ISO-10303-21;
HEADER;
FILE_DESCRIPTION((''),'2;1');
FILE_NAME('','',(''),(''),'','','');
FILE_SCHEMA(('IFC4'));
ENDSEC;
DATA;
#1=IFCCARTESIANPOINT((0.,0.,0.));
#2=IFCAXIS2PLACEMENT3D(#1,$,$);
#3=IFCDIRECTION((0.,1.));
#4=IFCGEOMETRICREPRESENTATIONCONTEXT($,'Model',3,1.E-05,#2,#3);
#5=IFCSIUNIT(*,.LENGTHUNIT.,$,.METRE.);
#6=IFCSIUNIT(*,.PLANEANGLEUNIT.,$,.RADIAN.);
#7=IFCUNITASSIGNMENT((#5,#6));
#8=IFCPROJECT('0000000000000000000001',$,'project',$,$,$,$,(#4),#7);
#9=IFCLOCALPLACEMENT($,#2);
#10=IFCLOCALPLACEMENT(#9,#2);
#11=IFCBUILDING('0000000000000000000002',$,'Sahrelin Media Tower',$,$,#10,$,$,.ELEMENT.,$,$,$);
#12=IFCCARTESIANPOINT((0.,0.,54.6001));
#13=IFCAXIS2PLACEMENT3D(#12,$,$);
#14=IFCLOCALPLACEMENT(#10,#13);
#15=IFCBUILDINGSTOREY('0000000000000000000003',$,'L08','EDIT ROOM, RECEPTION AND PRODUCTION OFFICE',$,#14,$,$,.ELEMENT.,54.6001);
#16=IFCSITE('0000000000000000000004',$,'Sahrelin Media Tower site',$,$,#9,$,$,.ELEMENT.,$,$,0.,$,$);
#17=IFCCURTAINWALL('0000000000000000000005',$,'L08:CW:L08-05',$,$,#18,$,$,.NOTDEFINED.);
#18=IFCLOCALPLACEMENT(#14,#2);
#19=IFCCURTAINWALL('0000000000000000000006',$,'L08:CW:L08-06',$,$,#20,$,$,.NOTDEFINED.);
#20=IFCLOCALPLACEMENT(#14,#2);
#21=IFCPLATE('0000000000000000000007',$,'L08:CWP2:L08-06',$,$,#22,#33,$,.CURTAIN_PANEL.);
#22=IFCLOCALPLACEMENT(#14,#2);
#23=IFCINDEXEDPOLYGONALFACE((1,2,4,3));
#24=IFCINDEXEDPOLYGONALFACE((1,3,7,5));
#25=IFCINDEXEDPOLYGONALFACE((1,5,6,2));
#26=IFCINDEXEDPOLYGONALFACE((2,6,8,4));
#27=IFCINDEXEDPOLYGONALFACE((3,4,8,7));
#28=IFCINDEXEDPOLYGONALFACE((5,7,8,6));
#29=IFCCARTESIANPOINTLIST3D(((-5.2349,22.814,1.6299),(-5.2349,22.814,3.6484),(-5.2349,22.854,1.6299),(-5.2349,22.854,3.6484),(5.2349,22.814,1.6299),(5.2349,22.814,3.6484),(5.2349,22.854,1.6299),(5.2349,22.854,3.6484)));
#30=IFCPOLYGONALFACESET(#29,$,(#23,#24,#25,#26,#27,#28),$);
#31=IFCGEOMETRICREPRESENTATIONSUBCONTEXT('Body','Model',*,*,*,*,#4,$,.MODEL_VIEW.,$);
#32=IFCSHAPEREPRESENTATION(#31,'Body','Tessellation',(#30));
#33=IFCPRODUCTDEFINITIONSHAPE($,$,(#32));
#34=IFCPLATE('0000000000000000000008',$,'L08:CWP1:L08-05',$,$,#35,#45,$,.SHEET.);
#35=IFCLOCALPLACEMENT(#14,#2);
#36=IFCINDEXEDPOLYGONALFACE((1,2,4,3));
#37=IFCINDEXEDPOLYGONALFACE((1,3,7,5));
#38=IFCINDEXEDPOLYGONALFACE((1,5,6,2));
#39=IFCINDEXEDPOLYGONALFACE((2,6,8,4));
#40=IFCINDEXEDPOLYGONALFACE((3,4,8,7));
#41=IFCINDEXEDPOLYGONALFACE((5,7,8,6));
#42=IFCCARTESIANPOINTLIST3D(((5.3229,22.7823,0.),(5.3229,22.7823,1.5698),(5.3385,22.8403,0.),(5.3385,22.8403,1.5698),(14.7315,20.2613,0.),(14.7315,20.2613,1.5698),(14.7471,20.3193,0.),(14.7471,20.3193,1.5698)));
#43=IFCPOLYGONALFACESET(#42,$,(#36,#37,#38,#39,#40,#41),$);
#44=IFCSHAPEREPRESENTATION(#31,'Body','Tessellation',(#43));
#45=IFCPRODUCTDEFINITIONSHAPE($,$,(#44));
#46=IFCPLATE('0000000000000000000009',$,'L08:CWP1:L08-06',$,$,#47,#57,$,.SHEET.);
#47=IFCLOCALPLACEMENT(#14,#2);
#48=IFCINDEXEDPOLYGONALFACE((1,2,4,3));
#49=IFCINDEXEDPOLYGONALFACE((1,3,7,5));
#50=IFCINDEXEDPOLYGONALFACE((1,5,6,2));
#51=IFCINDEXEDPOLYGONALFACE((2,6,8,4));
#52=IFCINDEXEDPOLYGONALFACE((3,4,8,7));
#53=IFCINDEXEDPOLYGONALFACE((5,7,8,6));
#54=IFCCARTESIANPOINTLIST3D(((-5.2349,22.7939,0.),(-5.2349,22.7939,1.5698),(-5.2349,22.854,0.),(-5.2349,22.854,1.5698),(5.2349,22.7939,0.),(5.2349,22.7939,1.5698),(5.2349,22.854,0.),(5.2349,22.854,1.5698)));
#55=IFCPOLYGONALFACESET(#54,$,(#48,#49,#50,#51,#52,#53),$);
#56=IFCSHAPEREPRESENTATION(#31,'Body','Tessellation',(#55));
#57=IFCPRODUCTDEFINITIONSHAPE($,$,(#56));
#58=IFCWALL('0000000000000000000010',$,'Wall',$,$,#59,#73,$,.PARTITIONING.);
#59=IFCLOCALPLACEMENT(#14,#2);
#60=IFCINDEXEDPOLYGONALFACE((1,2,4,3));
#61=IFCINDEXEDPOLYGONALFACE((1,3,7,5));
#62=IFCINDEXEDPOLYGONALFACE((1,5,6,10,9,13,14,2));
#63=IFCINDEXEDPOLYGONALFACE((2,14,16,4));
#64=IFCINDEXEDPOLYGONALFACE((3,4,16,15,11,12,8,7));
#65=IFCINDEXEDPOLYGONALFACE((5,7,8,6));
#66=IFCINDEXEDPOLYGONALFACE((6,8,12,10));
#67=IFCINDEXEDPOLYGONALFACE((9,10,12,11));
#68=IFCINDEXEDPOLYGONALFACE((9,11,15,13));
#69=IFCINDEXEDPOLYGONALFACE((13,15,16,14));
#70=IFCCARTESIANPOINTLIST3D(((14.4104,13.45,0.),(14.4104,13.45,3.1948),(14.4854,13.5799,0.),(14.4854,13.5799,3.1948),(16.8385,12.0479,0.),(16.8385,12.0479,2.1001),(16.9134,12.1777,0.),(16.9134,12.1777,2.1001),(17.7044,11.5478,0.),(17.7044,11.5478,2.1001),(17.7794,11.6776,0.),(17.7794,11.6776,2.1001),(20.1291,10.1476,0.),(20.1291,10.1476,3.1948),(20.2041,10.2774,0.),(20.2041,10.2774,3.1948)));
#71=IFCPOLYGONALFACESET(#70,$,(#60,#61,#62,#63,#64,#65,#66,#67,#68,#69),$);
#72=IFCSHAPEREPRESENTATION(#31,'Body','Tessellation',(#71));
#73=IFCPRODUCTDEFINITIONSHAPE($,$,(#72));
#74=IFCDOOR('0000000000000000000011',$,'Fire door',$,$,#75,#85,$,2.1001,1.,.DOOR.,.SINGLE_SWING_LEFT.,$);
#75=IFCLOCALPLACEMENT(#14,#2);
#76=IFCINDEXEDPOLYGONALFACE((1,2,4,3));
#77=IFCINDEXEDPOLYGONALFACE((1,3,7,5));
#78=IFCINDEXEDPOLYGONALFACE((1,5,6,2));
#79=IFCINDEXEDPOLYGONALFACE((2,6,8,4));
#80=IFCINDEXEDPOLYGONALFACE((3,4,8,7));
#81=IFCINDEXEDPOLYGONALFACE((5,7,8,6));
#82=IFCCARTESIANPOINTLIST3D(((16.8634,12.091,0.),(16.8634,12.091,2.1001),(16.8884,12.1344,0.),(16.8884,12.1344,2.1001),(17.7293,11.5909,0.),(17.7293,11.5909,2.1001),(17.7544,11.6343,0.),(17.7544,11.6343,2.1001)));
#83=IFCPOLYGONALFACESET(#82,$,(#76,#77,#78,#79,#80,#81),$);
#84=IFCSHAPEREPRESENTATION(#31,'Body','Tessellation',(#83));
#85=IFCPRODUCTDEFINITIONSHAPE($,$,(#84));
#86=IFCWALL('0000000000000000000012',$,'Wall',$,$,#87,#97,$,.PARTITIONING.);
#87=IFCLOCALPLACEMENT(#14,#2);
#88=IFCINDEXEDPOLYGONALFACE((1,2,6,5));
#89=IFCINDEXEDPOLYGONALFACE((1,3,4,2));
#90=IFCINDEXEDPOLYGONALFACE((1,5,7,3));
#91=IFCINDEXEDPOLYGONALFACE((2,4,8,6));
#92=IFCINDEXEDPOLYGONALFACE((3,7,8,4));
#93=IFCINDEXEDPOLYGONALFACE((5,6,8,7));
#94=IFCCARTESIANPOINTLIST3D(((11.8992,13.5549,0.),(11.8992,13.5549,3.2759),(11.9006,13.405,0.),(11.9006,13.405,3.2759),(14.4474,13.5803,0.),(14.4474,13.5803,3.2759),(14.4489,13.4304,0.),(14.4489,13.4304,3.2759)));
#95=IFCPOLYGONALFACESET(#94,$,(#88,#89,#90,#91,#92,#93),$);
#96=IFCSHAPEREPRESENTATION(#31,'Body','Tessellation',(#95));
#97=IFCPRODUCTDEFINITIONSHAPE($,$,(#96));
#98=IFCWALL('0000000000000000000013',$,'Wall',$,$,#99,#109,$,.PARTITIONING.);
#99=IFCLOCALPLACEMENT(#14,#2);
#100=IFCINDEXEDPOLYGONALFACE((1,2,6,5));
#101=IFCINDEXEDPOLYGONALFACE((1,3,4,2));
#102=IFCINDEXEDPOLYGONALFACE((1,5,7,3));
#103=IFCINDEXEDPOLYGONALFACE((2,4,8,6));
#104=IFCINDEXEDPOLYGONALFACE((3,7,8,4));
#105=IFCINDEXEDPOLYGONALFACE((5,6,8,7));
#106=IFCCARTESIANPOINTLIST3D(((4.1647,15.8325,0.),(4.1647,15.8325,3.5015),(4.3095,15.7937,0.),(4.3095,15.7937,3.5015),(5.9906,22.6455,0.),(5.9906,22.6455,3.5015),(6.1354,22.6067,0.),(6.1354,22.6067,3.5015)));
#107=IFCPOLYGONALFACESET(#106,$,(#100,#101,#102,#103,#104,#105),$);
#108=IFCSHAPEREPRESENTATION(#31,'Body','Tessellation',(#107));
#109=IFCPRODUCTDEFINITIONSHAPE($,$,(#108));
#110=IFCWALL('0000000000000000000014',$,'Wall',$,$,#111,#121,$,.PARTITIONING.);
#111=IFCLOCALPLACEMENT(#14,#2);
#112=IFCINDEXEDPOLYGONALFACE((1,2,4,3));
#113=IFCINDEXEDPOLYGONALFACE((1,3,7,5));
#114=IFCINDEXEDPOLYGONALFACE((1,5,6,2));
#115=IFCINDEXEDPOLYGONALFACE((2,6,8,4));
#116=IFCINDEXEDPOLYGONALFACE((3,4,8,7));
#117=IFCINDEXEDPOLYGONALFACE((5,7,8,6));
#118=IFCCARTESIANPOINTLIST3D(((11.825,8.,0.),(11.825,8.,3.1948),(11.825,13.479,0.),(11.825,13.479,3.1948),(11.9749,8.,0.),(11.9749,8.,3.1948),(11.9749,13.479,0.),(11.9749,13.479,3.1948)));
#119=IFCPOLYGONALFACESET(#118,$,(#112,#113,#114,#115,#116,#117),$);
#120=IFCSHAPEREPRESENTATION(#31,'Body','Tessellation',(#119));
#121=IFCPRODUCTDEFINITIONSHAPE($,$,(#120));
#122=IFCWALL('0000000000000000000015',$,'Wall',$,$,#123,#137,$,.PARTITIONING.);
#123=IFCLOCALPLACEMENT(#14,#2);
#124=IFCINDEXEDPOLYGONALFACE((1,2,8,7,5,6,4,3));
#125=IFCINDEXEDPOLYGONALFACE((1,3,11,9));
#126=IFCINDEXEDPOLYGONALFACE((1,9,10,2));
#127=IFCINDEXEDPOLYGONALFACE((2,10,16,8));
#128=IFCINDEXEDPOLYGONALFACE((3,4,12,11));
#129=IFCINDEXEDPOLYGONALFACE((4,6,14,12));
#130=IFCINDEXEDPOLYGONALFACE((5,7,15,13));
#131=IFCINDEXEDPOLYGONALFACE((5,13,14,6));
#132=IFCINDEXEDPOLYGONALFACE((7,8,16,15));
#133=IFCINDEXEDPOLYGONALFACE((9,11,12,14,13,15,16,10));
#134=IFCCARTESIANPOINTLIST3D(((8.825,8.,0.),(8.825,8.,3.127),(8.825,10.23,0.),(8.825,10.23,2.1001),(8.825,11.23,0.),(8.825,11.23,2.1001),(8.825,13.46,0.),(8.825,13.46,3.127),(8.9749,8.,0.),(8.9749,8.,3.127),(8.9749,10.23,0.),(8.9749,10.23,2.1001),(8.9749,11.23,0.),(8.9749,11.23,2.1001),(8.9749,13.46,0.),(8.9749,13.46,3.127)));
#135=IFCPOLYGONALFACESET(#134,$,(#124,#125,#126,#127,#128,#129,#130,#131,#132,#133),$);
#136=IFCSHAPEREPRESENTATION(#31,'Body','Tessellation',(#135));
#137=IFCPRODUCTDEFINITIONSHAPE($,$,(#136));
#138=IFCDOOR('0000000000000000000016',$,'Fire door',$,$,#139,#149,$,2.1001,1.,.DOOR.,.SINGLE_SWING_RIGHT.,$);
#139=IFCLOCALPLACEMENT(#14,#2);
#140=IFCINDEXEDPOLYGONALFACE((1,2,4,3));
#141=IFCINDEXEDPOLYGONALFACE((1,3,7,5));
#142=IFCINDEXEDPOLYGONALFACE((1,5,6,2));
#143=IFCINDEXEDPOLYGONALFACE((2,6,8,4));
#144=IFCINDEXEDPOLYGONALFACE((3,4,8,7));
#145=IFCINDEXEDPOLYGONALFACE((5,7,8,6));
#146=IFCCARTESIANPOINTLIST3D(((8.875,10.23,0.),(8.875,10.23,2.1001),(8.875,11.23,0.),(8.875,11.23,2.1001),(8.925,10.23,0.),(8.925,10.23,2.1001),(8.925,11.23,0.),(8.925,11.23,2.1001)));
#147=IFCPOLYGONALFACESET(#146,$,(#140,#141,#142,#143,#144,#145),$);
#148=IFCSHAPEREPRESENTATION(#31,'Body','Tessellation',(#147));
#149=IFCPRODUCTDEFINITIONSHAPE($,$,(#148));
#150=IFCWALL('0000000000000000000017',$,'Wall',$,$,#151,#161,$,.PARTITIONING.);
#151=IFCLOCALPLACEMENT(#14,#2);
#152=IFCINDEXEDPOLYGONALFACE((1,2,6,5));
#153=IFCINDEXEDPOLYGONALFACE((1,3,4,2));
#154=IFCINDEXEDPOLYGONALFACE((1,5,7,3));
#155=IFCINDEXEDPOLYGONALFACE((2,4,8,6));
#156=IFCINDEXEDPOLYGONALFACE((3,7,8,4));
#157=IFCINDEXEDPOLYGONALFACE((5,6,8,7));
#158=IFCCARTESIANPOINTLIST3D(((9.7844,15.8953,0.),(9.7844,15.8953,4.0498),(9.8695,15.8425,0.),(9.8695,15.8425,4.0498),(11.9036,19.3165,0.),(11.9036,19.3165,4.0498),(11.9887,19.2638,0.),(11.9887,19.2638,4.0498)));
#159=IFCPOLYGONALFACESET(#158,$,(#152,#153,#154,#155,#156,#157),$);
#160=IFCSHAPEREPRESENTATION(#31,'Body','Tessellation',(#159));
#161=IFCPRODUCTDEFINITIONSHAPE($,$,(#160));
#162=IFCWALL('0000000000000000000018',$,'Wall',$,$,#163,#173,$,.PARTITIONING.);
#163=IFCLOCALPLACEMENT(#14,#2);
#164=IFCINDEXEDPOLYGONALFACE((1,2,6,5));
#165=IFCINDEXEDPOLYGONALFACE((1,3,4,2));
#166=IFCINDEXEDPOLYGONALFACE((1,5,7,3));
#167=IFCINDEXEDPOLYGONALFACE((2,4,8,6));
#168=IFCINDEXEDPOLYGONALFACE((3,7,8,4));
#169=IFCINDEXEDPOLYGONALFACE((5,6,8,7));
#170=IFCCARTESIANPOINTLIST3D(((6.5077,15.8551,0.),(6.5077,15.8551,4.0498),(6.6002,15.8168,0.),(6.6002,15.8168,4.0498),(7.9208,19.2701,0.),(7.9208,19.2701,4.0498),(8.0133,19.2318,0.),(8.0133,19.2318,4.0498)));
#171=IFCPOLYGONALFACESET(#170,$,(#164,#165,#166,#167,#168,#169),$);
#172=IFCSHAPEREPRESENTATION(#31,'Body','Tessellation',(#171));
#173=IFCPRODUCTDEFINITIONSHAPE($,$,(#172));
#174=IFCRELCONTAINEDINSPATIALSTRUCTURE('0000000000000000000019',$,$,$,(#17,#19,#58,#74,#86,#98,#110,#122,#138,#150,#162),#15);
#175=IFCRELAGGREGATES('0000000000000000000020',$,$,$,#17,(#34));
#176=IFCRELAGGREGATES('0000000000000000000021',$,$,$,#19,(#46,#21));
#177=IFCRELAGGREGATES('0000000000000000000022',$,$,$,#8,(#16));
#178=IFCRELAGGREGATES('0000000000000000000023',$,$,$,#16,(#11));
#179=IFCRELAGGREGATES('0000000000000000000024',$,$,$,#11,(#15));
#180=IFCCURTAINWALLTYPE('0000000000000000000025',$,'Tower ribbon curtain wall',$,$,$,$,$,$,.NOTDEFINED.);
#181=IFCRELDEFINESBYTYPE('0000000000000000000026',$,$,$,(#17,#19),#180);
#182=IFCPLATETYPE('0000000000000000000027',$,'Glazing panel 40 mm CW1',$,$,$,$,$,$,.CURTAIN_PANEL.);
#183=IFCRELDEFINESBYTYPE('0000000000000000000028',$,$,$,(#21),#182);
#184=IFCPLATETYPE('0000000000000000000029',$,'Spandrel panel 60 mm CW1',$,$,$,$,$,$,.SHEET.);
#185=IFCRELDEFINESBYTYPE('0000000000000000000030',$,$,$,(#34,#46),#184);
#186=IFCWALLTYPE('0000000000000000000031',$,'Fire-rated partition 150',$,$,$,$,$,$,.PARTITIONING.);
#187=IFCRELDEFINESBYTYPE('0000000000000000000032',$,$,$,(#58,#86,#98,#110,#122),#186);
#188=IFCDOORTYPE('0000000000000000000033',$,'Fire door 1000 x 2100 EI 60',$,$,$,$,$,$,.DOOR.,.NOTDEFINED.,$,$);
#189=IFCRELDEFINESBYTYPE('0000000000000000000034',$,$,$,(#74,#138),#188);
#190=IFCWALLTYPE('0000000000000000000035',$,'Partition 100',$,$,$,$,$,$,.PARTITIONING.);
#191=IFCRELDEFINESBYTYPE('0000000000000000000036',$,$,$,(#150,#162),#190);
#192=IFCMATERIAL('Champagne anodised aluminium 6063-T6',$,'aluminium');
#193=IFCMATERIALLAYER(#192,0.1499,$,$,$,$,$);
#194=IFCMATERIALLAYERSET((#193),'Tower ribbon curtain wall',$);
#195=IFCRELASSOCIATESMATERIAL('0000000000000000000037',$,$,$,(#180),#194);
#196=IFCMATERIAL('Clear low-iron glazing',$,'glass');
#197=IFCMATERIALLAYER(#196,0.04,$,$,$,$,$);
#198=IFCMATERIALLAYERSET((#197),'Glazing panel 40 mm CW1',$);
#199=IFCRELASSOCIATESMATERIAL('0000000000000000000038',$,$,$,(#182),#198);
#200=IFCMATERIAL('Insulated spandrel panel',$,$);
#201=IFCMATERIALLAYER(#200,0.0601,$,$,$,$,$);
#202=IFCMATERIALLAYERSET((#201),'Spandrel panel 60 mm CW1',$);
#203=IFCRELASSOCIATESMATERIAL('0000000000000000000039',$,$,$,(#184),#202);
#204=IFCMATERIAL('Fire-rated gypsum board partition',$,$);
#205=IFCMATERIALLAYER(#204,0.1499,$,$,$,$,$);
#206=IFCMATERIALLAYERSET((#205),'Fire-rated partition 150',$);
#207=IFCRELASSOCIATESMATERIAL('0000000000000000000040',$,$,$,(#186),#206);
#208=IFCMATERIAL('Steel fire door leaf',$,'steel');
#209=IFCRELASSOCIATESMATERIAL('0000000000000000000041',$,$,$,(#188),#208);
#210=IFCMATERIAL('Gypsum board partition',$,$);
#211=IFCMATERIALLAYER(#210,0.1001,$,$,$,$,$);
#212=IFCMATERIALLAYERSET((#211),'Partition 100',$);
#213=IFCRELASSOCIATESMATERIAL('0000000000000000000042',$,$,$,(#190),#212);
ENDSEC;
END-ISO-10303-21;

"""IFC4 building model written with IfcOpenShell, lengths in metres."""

from ifc_helpers import new_model, si_unit, direction, frame, frame_2d, origin, place, context, subcontext, project, spatial, polyline, rectangle, outline, extrude, material, layer, layer_set, type_object, element, fill, aggregate, save


model = new_model("IFC4")

# Units and contexts
model_context = context("Model", 3, precision=1e-05, world=origin(), true_north=direction((0.0, 1.0)))
body_context = subcontext(model_context, "Body", "Model", "MODEL_VIEW")
ifc_project = project(units=[si_unit("LENGTHUNIT", "METRE"), si_unit("PLANEANGLEUNIT", "RADIAN")], contexts=[model_context])

# Site, building, storey
site_placement = place(None, origin())
site = spatial("IfcSite", under=ifc_project, at=site_placement, Name="Sahrelin Media Tower site", CompositionType="ELEMENT", RefElevation=0.0)
building_placement = place(site_placement, origin())
building = spatial("IfcBuilding", under=site, at=building_placement, Name="Sahrelin Media Tower", CompositionType="ELEMENT")
storey_placement = place(building_placement, frame((0.0, 0.0, 54.6001)))
storey = spatial("IfcBuildingStorey", under=building, at=storey_placement, Name="L08", Description="EDIT ROOM, RECEPTION AND PRODUCTION OFFICE", CompositionType="ELEMENT", Elevation=54.6001)

# Curtain wall
ifc_material_1 = material(Name="Champagne anodised aluminium 6063-T6", Category="aluminium")
ifc_layer_1 = layer(ifc_material_1, 0.1499)
ifc_layer_set_1 = layer_set([ifc_layer_1], Name="Tower ribbon curtain wall")
curtain_wall_type = type_object("IfcCurtainWallType", Name="Tower ribbon curtain wall", PredefinedType="NOTDEFINED", material=ifc_layer_set_1)
curtain_wall_1_placement = place(storey_placement, frame((10.0376, 21.5603, 0.0), z_axis=(0.0, 0.0, 1.0), x_axis=(1.0, 0.0, 0.0)))
curtain_wall_1 = element("IfcCurtainWall", 1, at=curtain_wall_1_placement, inside=storey, type_object=curtain_wall_type, Name="L08:CW:L08-05", PredefinedType="NOTDEFINED")

# Curtain wall
placement_1 = place(storey_placement, frame((0.0, 22.834, 0.0), z_axis=(0.0, 0.0, 1.0), x_axis=(1.0, 0.0, 0.0)))
curtain_wall_2 = element("IfcCurtainWall", 2, at=placement_1, inside=storey, type_object=curtain_wall_type, Name="L08:CW:L08-06", PredefinedType="NOTDEFINED")

# Plates
ifc_material_2 = material(Name="Clear low-iron glazing", Category="glass")
ifc_layer_2 = layer(ifc_material_2, 0.04)
ifc_layer_set_2 = layer_set([ifc_layer_2], Name="Glazing panel 40 mm CW1")
plate_type_1 = type_object("IfcPlateType", Name="Glazing panel 40 mm CW1", PredefinedType="CURTAIN_PANEL", material=ifc_layer_set_2)
plate_1_placement = place(storey_placement, frame((5.2349, 22.854, 1.6299), z_axis=(0.0, 1.0, 0.0), x_axis=(-1.0, 0.0, 0.0)))
plate_1 = element("IfcPlate", 3, at=plate_1_placement, type_object=plate_type_1, Name="L08:CWP2:L08-06", PredefinedType="CURTAIN_PANEL", context=body_context, shape_type="SweptSolid", body=[
    extrude(outline(polyline([(0.0, 0.0), (10.4697, 0.0), (10.4697, 2.0186), (0.0, 2.0186), (0.0, 0.0)])), origin(), (0.0, 0.0, -1.0), 0.04),
])
ifc_material_3 = material(Name="Insulated spandrel panel")
ifc_layer_3 = layer(ifc_material_3, 0.0601)
ifc_layer_set_3 = layer_set([ifc_layer_3], Name="Spandrel panel 60 mm CW1")
plate_type_2 = type_object("IfcPlateType", Name="Spandrel panel 60 mm CW1", PredefinedType="SHEET", material=ifc_layer_set_3)
plate_2_placement = place(storey_placement, frame((14.7471, 20.3193, 0.0), z_axis=(0.258814, 0.965927, 0.0), x_axis=(-0.965927, 0.258814, 0.0)))
plate_2 = element("IfcPlate", 4, at=plate_2_placement, type_object=plate_type_2, Name="L08:CWP1:L08-05", PredefinedType="SHEET", context=body_context, shape_type="SweptSolid", body=[
    extrude(outline(polyline([(0.0, 0.0), (9.7405, 0.0), (9.7405, 1.5698), (0.0, 1.5698), (0.0, 0.0)])), origin(), (0.0, 0.0, -1.0), 0.0601),
])
aggregate(curtain_wall_1, [plate_2])
plate_3_placement = place(storey_placement, frame((5.2349, 22.854, 0.0), z_axis=(0.0, 1.0, 0.0), x_axis=(-1.0, 0.0, 0.0)))
plate_3 = element("IfcPlate", 5, at=plate_3_placement, type_object=plate_type_2, Name="L08:CWP1:L08-06", PredefinedType="SHEET", context=body_context, shape_type="SweptSolid", body=[
    extrude(outline(polyline([(0.0, 0.0), (10.4697, 0.0), (10.4697, 1.5698), (0.0, 1.5698), (0.0, 0.0)])), origin(), (0.0, 0.0, -1.0), 0.0601),
])
aggregate(curtain_wall_2, [plate_3, plate_1])

# Wall, opening, door
ifc_material_4 = material(Name="Fire-rated gypsum board partition")
ifc_layer_4 = layer(ifc_material_4, 0.1499)
ifc_layer_set_4 = layer_set([ifc_layer_4], Name="Fire-rated partition 150")
wall_type_1 = type_object("IfcWallType", Name="Fire-rated partition 150", PredefinedType="PARTITIONING", material=ifc_layer_set_4)
wall_1_placement = place(storey_placement, frame((14.448, 13.5149, 0.0), z_axis=(0.0, 0.0, 1.0), x_axis=(0.865975, -0.500087, 0.0)))
wall_1 = element("IfcWall", 6, at=wall_1_placement, inside=storey, type_object=wall_type_1, Name="Wall", PredefinedType="PARTITIONING", context=body_context, shape_type="SweptSolid", body=[
    extrude(rectangle(XDim=6.6038, YDim=0.1499, at=frame_2d((3.3018, 0.0))), origin(), (0.0, 0.0, 1.0), 3.1948),
])
opening_1_placement = place(wall_1_placement, frame((2.8037, 0.0, 0.0)))
opening_1 = element("IfcOpeningElement", 7, at=opening_1_placement, cuts=wall_1, PredefinedType="OPENING", context=body_context, shape_type="SweptSolid", body=[
    extrude(rectangle(XDim=1.0, YDim=2.1001, at=frame_2d((0.5, 1.05))), frame((0.0, 0.075, 0.0), z_axis=(0.0, -1.0, 0.0), x_axis=(1.0, 0.0, 0.0)), (0.0, 0.0, 1.0), 0.1499),
])
ifc_material_5 = material(Name="Steel fire door leaf", Category="steel")
door_type = type_object("IfcDoorType", Name="Fire door 1000 x 2100 EI 60", OperationType="NOTDEFINED", PredefinedType="DOOR", material=ifc_material_5)
door_1_placement = place(opening_1_placement, origin())
door_1 = element("IfcDoor", 8, at=door_1_placement, inside=storey, type_object=door_type, Name="Fire door", OperationType="SINGLE_SWING_LEFT", OverallHeight=2.1001, OverallWidth=1.0, PredefinedType="DOOR", context=body_context, shape_type="SweptSolid", body=[
    extrude(rectangle(XDim=1.0, YDim=2.1001, at=frame_2d((0.5, 1.05))), frame((0.0, 0.0249, 0.0), z_axis=(0.0, -1.0, 0.0), x_axis=(1.0, 0.0, 0.0)), (0.0, 0.0, 1.0), 0.05),
])
fill(opening_1, door_1)

# Walls
wall_2_placement = place(storey_placement, frame((11.8999, 13.48, 0.0), z_axis=(0.0, 0.0, 1.0), x_axis=(0.99995, 0.009964, 0.0)))
element("IfcWall", 9, at=wall_2_placement, inside=storey, type_object=wall_type_1, Name="Wall", PredefinedType="PARTITIONING", context=body_context, shape_type="SweptSolid", body=[
    extrude(rectangle(XDim=2.5483, YDim=0.1499, at=frame_2d((1.2742, 0.0))), origin(), (0.0, 0.0, 1.0), 3.2759),
])
wall_3_placement = place(storey_placement, frame((4.2371, 15.813, 0.0), z_axis=(0.0, 0.0, 1.0), x_axis=(0.258871, 0.965912, 0.0)))
element("IfcWall", 10, at=wall_3_placement, inside=storey, type_object=wall_type_1, Name="Wall", PredefinedType="PARTITIONING", context=body_context, shape_type="SweptSolid", body=[
    extrude(rectangle(XDim=7.0535, YDim=0.1499, at=frame_2d((3.5269, 0.0))), origin(), (0.0, 0.0, 1.0), 3.5015),
])
wall_4_placement = place(storey_placement, frame((11.8999, 8.0, 0.0), z_axis=(0.0, 0.0, 1.0), x_axis=(0.0, 1.0, 0.0)))
element("IfcWall", 11, at=wall_4_placement, inside=storey, type_object=wall_type_1, Name="Wall", PredefinedType="PARTITIONING", context=body_context, shape_type="SweptSolid", body=[
    extrude(rectangle(XDim=5.479, YDim=0.1499, at=frame_2d((2.7395, 0.0))), origin(), (0.0, 0.0, 1.0), 3.1948),
])

# Wall, opening, door
wall_5_placement = place(storey_placement, frame((8.8999, 8.0, 0.0), z_axis=(0.0, 0.0, 1.0), x_axis=(0.0, 1.0, 0.0)))
wall_5 = element("IfcWall", 12, at=wall_5_placement, inside=storey, type_object=wall_type_1, Name="Wall", PredefinedType="PARTITIONING", context=body_context, shape_type="SweptSolid", body=[
    extrude(rectangle(XDim=5.46, YDim=0.1499, at=frame_2d((2.73, 0.0))), origin(), (0.0, 0.0, 1.0), 3.127),
])
opening_2_placement = place(wall_5_placement, frame((2.23, 0.0, 0.0)))
opening_2 = element("IfcOpeningElement", 13, at=opening_2_placement, cuts=wall_5, PredefinedType="OPENING", context=body_context, shape_type="SweptSolid", body=[
    extrude(rectangle(XDim=1.0, YDim=2.1001, at=frame_2d((0.5, 1.05))), frame((0.0, 0.075, 0.0), z_axis=(0.0, -1.0, 0.0), x_axis=(1.0, 0.0, 0.0)), (0.0, 0.0, 1.0), 0.1499),
])
door_2_placement = place(opening_2_placement, origin())
door_2 = element("IfcDoor", 14, at=door_2_placement, inside=storey, type_object=door_type, Name="Fire door", OperationType="SINGLE_SWING_RIGHT", OverallHeight=2.1001, OverallWidth=1.0, PredefinedType="DOOR", context=body_context, shape_type="SweptSolid", body=[
    extrude(rectangle(XDim=1.0, YDim=2.1001, at=frame_2d((0.5, 1.05))), frame((0.0, 0.0249, 0.0), z_axis=(0.0, -1.0, 0.0), x_axis=(1.0, 0.0, 0.0)), (0.0, 0.0, 1.0), 0.05),
])
fill(opening_2, door_2)

# Walls
ifc_material_6 = material(Name="Gypsum board partition")
ifc_layer_5 = layer(ifc_material_6, 0.1001)
ifc_layer_set_5 = layer_set([ifc_layer_5], Name="Partition 100")
wall_type_2 = type_object("IfcWallType", Name="Partition 100", PredefinedType="PARTITIONING", material=ifc_layer_set_5)
wall_6_placement = place(storey_placement, frame((9.8269, 15.8689, 0.0), z_axis=(0.0, 0.0, 1.0), x_axis=(0.526586, 0.850122, 0.0)))
element("IfcWall", 15, at=wall_6_placement, inside=storey, type_object=wall_type_2, Name="Wall", PredefinedType="PARTITIONING", context=body_context, shape_type="SweptSolid", body=[
    extrude(rectangle(XDim=4.0244, YDim=0.1001, at=frame_2d((2.0122, 0.0))), origin(), (0.0, 0.0, 1.0), 4.0498),
])
wall_7_placement = place(storey_placement, frame((6.554, 15.8359, 0.0), z_axis=(0.0, 0.0, 1.0), x_axis=(0.382344, 0.92402, 0.0)))
element("IfcWall", 16, at=wall_7_placement, inside=storey, type_object=wall_type_2, Name="Wall", PredefinedType="PARTITIONING", context=body_context, shape_type="SweptSolid", body=[
    extrude(rectangle(XDim=3.6958, YDim=0.1001, at=frame_2d((1.8479, 0.0))), origin(), (0.0, 0.0, 1.0), 4.0498),
])

save(model, "model.ifc")
